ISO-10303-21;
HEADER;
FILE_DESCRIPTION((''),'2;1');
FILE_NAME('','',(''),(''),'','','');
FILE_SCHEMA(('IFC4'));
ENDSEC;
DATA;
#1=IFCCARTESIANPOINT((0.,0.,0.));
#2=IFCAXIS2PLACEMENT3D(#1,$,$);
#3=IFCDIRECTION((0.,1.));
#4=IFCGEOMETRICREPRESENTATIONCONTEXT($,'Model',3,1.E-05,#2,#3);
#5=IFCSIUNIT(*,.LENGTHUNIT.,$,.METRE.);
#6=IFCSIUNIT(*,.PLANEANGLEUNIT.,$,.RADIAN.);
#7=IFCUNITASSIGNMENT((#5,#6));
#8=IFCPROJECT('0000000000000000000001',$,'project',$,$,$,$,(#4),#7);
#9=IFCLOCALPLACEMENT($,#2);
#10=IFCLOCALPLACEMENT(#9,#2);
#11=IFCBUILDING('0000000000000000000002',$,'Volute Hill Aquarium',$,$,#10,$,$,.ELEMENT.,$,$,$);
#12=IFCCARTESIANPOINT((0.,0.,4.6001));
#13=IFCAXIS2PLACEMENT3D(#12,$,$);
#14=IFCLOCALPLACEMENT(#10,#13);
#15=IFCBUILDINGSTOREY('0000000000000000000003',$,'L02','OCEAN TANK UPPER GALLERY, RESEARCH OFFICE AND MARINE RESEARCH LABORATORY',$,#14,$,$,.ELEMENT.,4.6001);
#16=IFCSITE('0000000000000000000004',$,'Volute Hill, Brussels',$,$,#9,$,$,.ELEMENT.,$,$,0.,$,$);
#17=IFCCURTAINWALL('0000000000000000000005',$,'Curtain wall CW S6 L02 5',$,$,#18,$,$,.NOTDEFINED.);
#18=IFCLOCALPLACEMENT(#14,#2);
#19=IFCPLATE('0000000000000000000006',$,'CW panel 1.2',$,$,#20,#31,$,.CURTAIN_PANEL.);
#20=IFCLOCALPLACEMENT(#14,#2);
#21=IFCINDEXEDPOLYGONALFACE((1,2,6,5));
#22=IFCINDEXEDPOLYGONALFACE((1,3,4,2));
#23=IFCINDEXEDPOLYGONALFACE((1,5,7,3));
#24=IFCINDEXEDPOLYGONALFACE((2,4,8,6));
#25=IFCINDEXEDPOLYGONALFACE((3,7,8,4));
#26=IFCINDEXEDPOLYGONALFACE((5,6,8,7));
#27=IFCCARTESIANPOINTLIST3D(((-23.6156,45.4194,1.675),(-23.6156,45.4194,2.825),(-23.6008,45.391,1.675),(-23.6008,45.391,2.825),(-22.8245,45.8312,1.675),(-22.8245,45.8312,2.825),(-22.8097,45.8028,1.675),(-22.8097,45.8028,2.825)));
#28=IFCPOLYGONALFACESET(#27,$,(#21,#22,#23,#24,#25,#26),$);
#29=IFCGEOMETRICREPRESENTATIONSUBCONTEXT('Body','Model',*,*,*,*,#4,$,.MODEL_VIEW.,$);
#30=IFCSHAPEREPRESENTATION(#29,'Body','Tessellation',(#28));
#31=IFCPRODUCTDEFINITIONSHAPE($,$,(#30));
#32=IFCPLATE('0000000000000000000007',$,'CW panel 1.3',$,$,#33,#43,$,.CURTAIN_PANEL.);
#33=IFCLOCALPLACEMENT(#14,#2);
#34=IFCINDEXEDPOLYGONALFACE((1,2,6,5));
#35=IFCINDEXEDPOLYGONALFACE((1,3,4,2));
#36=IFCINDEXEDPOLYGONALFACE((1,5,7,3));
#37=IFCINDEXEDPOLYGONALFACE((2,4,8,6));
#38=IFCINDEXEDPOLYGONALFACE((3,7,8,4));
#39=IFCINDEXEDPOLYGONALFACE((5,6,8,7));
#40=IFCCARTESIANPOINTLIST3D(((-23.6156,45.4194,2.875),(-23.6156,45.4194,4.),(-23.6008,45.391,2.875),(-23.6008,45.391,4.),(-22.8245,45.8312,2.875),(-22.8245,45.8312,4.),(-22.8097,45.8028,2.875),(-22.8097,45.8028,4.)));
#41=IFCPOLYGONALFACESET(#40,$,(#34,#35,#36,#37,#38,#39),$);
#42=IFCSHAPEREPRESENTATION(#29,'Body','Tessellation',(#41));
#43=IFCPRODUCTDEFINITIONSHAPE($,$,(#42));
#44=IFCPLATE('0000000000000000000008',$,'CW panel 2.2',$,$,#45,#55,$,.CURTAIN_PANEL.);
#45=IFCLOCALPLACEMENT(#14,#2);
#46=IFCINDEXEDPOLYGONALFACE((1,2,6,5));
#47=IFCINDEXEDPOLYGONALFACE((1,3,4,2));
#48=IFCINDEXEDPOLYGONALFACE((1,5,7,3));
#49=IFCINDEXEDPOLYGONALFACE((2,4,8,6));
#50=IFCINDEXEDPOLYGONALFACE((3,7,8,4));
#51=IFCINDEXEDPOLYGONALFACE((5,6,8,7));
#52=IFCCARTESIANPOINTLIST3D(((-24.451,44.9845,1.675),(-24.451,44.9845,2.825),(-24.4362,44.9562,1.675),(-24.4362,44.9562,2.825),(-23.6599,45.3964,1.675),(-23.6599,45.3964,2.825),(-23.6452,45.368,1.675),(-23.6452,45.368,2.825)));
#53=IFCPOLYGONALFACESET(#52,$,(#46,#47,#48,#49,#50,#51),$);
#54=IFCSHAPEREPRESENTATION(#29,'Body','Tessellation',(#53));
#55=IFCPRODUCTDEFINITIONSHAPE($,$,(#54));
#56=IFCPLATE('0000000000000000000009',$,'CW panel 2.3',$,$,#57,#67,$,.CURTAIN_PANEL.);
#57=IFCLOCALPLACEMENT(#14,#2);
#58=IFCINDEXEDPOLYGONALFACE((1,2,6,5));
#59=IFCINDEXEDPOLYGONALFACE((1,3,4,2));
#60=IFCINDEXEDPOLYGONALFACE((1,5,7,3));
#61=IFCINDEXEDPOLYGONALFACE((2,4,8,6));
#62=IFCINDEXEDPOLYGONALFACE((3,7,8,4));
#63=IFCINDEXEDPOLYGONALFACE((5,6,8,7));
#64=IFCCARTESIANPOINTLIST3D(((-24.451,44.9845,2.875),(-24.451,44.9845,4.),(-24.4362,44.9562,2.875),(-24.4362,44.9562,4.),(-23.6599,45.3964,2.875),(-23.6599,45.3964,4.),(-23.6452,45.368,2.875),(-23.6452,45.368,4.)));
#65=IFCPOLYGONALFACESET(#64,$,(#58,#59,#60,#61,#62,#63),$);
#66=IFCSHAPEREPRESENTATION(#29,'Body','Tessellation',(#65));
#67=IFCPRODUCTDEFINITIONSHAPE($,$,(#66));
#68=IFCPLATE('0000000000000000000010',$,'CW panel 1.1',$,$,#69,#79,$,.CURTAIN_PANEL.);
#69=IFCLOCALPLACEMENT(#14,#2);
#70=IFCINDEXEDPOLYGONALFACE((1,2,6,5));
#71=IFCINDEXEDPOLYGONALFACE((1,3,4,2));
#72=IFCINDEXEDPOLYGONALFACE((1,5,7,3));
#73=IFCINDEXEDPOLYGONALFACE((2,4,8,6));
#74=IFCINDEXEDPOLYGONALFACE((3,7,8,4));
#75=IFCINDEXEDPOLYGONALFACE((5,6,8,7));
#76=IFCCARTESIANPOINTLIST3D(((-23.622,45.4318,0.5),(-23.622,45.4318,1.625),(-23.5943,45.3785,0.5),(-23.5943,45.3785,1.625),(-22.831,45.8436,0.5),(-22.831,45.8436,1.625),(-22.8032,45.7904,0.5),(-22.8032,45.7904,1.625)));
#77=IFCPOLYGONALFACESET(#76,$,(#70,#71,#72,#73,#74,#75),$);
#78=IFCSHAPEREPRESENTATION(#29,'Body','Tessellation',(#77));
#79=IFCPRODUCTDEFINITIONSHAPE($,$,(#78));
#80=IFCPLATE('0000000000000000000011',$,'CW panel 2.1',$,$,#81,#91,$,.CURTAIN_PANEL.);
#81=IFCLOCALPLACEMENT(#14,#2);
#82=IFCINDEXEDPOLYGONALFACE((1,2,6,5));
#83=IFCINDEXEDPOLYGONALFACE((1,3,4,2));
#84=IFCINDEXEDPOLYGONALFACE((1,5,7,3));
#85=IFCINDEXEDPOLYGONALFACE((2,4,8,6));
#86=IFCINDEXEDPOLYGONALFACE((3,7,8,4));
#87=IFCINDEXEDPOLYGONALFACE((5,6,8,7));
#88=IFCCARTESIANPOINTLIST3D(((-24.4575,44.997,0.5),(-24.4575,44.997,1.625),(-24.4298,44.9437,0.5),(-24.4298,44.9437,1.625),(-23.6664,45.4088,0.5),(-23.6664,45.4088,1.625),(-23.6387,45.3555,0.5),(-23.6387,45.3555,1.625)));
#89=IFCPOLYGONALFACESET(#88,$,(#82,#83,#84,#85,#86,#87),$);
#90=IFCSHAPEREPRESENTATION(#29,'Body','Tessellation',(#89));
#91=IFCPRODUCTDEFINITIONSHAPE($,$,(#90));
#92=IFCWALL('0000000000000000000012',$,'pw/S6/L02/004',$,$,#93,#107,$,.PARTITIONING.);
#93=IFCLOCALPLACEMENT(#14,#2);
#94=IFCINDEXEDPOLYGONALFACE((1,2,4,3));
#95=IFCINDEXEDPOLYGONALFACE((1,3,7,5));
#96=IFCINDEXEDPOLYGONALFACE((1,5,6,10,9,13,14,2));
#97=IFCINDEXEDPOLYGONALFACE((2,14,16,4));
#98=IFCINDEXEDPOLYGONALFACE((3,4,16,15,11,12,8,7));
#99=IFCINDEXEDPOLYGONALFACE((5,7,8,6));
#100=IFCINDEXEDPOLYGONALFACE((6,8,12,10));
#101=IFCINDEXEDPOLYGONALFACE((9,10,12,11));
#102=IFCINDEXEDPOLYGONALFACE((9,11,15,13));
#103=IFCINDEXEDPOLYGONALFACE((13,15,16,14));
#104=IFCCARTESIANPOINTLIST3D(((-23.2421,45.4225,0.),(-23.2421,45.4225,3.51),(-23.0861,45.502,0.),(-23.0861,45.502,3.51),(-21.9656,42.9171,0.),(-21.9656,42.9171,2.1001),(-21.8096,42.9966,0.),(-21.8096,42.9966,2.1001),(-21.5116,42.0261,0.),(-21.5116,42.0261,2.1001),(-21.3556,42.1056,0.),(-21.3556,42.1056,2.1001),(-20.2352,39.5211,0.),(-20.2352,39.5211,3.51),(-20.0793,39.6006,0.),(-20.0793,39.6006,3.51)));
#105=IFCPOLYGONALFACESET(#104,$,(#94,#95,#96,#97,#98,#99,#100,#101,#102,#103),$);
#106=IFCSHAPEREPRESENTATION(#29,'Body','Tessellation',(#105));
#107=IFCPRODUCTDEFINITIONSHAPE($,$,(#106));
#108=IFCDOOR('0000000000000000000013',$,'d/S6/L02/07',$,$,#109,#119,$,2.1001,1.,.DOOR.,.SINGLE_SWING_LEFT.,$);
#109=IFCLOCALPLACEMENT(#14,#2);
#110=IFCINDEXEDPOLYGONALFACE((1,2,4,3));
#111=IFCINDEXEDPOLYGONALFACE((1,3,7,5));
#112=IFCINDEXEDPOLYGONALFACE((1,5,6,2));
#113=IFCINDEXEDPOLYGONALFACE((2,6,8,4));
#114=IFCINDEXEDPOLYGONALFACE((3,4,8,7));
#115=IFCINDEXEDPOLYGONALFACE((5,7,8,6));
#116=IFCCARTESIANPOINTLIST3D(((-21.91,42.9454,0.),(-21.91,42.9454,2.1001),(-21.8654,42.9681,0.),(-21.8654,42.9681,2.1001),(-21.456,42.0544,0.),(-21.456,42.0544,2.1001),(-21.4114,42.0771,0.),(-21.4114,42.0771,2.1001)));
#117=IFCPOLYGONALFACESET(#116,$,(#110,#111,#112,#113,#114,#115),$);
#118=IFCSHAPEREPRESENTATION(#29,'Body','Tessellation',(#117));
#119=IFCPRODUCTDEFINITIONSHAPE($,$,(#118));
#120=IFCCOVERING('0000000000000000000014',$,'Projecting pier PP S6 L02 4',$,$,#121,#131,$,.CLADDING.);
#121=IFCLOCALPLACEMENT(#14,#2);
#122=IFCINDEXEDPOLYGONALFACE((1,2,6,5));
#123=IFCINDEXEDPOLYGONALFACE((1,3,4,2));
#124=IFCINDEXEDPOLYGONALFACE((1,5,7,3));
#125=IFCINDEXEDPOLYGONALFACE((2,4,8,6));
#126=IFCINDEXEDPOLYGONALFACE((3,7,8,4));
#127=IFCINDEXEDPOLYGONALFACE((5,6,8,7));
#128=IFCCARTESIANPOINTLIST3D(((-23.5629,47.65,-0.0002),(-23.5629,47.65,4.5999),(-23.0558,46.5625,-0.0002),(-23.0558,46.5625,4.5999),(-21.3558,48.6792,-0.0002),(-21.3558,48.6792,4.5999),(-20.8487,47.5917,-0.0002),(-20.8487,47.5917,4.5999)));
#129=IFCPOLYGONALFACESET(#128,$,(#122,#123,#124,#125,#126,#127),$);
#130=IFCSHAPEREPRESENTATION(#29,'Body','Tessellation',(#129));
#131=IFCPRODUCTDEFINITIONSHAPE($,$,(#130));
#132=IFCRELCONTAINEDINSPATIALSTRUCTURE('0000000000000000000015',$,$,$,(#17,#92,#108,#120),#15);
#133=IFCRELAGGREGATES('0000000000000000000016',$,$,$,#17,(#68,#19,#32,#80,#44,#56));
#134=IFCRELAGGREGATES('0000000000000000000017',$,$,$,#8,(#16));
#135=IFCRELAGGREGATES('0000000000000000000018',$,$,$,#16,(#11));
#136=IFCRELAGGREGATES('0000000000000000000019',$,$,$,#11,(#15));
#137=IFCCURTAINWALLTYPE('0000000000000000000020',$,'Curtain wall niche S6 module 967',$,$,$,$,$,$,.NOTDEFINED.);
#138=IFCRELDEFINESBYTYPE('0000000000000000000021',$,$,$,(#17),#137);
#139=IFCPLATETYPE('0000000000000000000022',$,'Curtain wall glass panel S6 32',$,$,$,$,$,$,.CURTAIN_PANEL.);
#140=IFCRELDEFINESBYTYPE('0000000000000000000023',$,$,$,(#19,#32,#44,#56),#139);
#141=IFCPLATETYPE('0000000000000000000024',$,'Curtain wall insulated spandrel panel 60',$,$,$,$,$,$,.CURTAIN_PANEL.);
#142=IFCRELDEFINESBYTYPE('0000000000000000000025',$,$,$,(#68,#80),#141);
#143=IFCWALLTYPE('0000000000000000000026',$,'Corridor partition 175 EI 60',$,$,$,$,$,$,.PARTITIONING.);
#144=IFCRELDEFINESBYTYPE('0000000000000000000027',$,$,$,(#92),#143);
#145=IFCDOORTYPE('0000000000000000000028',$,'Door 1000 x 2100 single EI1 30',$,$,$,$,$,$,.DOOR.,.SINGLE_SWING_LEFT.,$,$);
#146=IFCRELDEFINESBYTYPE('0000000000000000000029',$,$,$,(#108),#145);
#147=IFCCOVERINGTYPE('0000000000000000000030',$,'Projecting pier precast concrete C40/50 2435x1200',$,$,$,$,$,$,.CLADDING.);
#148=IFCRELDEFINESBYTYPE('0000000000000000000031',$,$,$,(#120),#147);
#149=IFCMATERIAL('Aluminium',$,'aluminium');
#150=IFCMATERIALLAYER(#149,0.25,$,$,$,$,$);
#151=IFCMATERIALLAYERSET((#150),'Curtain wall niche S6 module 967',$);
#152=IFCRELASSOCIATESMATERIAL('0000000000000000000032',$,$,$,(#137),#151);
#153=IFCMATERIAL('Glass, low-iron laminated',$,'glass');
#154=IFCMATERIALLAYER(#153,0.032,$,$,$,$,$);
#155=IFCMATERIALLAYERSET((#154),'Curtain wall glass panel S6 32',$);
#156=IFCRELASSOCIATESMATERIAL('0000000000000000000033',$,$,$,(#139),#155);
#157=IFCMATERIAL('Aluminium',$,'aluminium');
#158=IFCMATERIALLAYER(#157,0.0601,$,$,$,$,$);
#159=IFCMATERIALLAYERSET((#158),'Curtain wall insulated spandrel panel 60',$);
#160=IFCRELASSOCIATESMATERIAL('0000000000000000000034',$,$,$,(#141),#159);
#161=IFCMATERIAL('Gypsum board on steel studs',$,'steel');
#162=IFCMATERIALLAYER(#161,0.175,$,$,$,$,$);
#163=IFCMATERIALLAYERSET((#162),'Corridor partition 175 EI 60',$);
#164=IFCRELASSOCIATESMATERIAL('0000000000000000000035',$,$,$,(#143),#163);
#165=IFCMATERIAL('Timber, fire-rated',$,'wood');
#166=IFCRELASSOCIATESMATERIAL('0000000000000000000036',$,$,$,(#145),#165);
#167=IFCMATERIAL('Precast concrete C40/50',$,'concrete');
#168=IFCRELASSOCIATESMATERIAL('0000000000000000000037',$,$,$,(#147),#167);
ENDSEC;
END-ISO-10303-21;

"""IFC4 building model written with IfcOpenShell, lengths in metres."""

from ifc_helpers import new_model, si_unit, direction, frame, frame_2d, origin, origin_2d, place, context, subcontext, project, spatial, rectangle, extrude, material, layer, layer_set, type_object, element, fill, aggregate, save


model = new_model("IFC4")

# Units and contexts
model_context = context("Model", 3, precision=1e-05, world=origin(), true_north=direction((0.0, 1.0)))
body_context = subcontext(model_context, "Body", "Model", "MODEL_VIEW")
ifc_project = project(units=[si_unit("LENGTHUNIT", "METRE"), si_unit("PLANEANGLEUNIT", "RADIAN")], contexts=[model_context])

# Site, building, storey
site_placement = place(None, origin())
site = spatial("IfcSite", under=ifc_project, at=site_placement, Name="Volute Hill, Brussels", CompositionType="ELEMENT", RefElevation=0.0)
building_placement = place(site_placement, origin())
building = spatial("IfcBuilding", under=site, at=building_placement, Name="Volute Hill Aquarium", CompositionType="ELEMENT")
storey_placement = place(building_placement, frame((0.0, 0.0, 4.6001)))
storey = spatial("IfcBuildingStorey", under=building, at=storey_placement, Name="L02", Description="OCEAN TANK UPPER GALLERY, RESEARCH OFFICE AND MARINE RESEARCH LABORATORY", CompositionType="ELEMENT", Elevation=4.6001)

# Curtain wall
ifc_material_1 = material(Name="Aluminium", Category="aluminium")
ifc_layer_1 = layer(ifc_material_1, 0.25)
ifc_layer_set_1 = layer_set([ifc_layer_1], Name="Curtain wall niche S6 module 967")
curtain_wall_type = type_object("IfcCurtainWallType", Name="Curtain wall niche S6 module 967", PredefinedType="NOTDEFINED", material=ifc_layer_set_1)
curtain_wall_placement = place(storey_placement, origin())
curtain_wall = element("IfcCurtainWall", 1, at=curtain_wall_placement, inside=storey, type_object=curtain_wall_type, Name="Curtain wall CW S6 L02 5", PredefinedType="NOTDEFINED")

# Plates
ifc_material_2 = material(Name="Glass, low-iron laminated", Category="glass")
ifc_layer_2 = layer(ifc_material_2, 0.032)
ifc_layer_set_2 = layer_set([ifc_layer_2], Name="Curtain wall glass panel S6 32")
plate_type_1 = type_object("IfcPlateType", Name="Curtain wall glass panel S6 32", PredefinedType="CURTAIN_PANEL", material=ifc_layer_set_2)
plate_1_placement = place(storey_placement, frame((-23.2126, 45.6111, 1.675), z_axis=(0.0, 0.0, 1.0), x_axis=(-0.887005, -0.46176, 0.0)))
plate_1 = element("IfcPlate", 2, at=plate_1_placement, type_object=plate_type_1, Name="CW panel 1.2", PredefinedType="CURTAIN_PANEL", context=body_context, shape_type="SweptSolid", body=[
    extrude(rectangle(XDim=0.8918, YDim=0.032, at=origin_2d()), origin(), (0.0, 0.0, 1.0), 1.1499),
])
plate_2_placement = place(storey_placement, frame((-23.2126, 45.6111, 2.875), z_axis=(0.0, 0.0, 1.0), x_axis=(-0.887005, -0.46176, 0.0)))
plate_2 = element("IfcPlate", 3, at=plate_2_placement, type_object=plate_type_1, Name="CW panel 1.3", PredefinedType="CURTAIN_PANEL", context=body_context, shape_type="SweptSolid", body=[
    extrude(rectangle(XDim=0.8918, YDim=0.032, at=origin_2d()), origin(), (0.0, 0.0, 1.0), 1.125),
])
plate_3_placement = place(storey_placement, frame((-24.0481, 45.1763, 1.675), z_axis=(0.0, 0.0, 1.0), x_axis=(-0.887005, -0.46176, 0.0)))
plate_3 = element("IfcPlate", 4, at=plate_3_placement, type_object=plate_type_1, Name="CW panel 2.2", PredefinedType="CURTAIN_PANEL", context=body_context, shape_type="SweptSolid", body=[
    extrude(rectangle(XDim=0.8918, YDim=0.032, at=origin_2d()), origin(), (0.0, 0.0, 1.0), 1.1499),
])
plate_4_placement = place(storey_placement, frame((-24.0481, 45.1763, 2.875), z_axis=(0.0, 0.0, 1.0), x_axis=(-0.887005, -0.46176, 0.0)))
plate_4 = element("IfcPlate", 5, at=plate_4_placement, type_object=plate_type_1, Name="CW panel 2.3", PredefinedType="CURTAIN_PANEL", context=body_context, shape_type="SweptSolid", body=[
    extrude(rectangle(XDim=0.8918, YDim=0.032, at=origin_2d()), origin(), (0.0, 0.0, 1.0), 1.125),
])
ifc_material_3 = material(Name="Aluminium", Category="aluminium")
ifc_layer_3 = layer(ifc_material_3, 0.0601)
ifc_layer_set_3 = layer_set([ifc_layer_3], Name="Curtain wall insulated spandrel panel 60")
plate_type_2 = type_object("IfcPlateType", Name="Curtain wall insulated spandrel panel 60", PredefinedType="CURTAIN_PANEL", material=ifc_layer_set_3)
plate_5_placement = place(storey_placement, frame((-23.2126, 45.6111, 0.5), z_axis=(0.0, 0.0, 1.0), x_axis=(-0.887005, -0.46176, 0.0)))
plate_5 = element("IfcPlate", 6, at=plate_5_placement, type_object=plate_type_2, Name="CW panel 1.1", PredefinedType="CURTAIN_PANEL", context=body_context, shape_type="SweptSolid", body=[
    extrude(rectangle(XDim=0.8918, YDim=0.0601, at=origin_2d()), origin(), (0.0, 0.0, 1.0), 1.125),
])
plate_6_placement = place(storey_placement, frame((-24.0481, 45.1763, 0.5), z_axis=(0.0, 0.0, 1.0), x_axis=(-0.887005, -0.46176, 0.0)))
plate_6 = element("IfcPlate", 7, at=plate_6_placement, type_object=plate_type_2, Name="CW panel 2.1", PredefinedType="CURTAIN_PANEL", context=body_context, shape_type="SweptSolid", body=[
    extrude(rectangle(XDim=0.8918, YDim=0.0601, at=origin_2d()), origin(), (0.0, 0.0, 1.0), 1.125),
])
aggregate(curtain_wall, [plate_5, plate_1, plate_2, plate_6, plate_3, plate_4])

# Wall, opening, door
ifc_material_4 = material(Name="Gypsum board on steel studs", Category="steel")
ifc_layer_4 = layer(ifc_material_4, 0.175)
ifc_layer_set_4 = layer_set([ifc_layer_4], Name="Corridor partition 175 EI 60")
wall_type = type_object("IfcWallType", Name="Corridor partition 175 EI 60", PredefinedType="PARTITIONING", material=ifc_layer_set_4)
wall_placement = place(storey_placement, frame((-23.1641, 45.4622, 0.0), z_axis=(0.0, 0.0, 1.0), x_axis=(0.453983, -0.89101, 0.0)))
wall = element("IfcWall", 8, at=wall_placement, inside=storey, type_object=wall_type, Name="pw/S6/L02/004", PredefinedType="PARTITIONING", context=body_context, shape_type="SweptSolid", body=[
    extrude(rectangle(XDim=6.6233, YDim=0.175, at=frame_2d((3.3115, 0.0))), origin(), (0.0, 0.0, 1.0), 3.51),
])
opening_placement = place(wall_placement, frame((2.8118, 0.0, 0.0)))
opening = element("IfcOpeningElement", 9, at=opening_placement, cuts=wall, PredefinedType="OPENING", context=body_context, shape_type="SweptSolid", body=[
    extrude(rectangle(XDim=1.0, YDim=2.1001, at=frame_2d((0.5, 1.05))), frame((0.0, 0.0974, 0.0), z_axis=(0.0, -1.0, 0.0), x_axis=(1.0, 0.0, 0.0)), (0.0, 0.0, 1.0), 0.1951),
])
ifc_material_5 = material(Name="Timber, fire-rated", Category="wood")
door_type = type_object("IfcDoorType", Name="Door 1000 x 2100 single EI1 30", OperationType="SINGLE_SWING_LEFT", PredefinedType="DOOR", material=ifc_material_5)
door_placement = place(opening_placement, origin())
door = element("IfcDoor", 10, at=door_placement, inside=storey, type_object=door_type, Name="d/S6/L02/07", OperationType="SINGLE_SWING_LEFT", OverallHeight=2.1001, OverallWidth=1.0, PredefinedType="DOOR", context=body_context, shape_type="SweptSolid", body=[
    extrude(rectangle(XDim=1.0, YDim=2.1001, at=frame_2d((0.5, 1.05))), frame((0.0, 0.0249, 0.0), z_axis=(0.0, -1.0, 0.0), x_axis=(1.0, 0.0, 0.0)), (0.0, 0.0, 1.0), 0.05),
])
fill(opening, door)

# Covering
ifc_material_6 = material(Name="Precast concrete C40/50", Category="concrete")
covering_type = type_object("IfcCoveringType", Name="Projecting pier precast concrete C40/50 2435x1200", PredefinedType="CLADDING", material=ifc_material_6)
covering_placement = place(storey_placement, frame((-22.2058, 47.6208, -0.0002), z_axis=(0.0, 0.0, 1.0), x_axis=(-0.906308, -0.422618, 0.0)))
element("IfcCovering", 11, at=covering_placement, inside=storey, type_object=covering_type, Name="Projecting pier PP S6 L02 4", PredefinedType="CLADDING", context=body_context, shape_type="SweptSolid", body=[
    extrude(rectangle(XDim=2.4353, YDim=1.2, at=origin_2d()), origin(), (0.0, 0.0, 1.0), 4.6001),
])

save(model, "model.ifc")
